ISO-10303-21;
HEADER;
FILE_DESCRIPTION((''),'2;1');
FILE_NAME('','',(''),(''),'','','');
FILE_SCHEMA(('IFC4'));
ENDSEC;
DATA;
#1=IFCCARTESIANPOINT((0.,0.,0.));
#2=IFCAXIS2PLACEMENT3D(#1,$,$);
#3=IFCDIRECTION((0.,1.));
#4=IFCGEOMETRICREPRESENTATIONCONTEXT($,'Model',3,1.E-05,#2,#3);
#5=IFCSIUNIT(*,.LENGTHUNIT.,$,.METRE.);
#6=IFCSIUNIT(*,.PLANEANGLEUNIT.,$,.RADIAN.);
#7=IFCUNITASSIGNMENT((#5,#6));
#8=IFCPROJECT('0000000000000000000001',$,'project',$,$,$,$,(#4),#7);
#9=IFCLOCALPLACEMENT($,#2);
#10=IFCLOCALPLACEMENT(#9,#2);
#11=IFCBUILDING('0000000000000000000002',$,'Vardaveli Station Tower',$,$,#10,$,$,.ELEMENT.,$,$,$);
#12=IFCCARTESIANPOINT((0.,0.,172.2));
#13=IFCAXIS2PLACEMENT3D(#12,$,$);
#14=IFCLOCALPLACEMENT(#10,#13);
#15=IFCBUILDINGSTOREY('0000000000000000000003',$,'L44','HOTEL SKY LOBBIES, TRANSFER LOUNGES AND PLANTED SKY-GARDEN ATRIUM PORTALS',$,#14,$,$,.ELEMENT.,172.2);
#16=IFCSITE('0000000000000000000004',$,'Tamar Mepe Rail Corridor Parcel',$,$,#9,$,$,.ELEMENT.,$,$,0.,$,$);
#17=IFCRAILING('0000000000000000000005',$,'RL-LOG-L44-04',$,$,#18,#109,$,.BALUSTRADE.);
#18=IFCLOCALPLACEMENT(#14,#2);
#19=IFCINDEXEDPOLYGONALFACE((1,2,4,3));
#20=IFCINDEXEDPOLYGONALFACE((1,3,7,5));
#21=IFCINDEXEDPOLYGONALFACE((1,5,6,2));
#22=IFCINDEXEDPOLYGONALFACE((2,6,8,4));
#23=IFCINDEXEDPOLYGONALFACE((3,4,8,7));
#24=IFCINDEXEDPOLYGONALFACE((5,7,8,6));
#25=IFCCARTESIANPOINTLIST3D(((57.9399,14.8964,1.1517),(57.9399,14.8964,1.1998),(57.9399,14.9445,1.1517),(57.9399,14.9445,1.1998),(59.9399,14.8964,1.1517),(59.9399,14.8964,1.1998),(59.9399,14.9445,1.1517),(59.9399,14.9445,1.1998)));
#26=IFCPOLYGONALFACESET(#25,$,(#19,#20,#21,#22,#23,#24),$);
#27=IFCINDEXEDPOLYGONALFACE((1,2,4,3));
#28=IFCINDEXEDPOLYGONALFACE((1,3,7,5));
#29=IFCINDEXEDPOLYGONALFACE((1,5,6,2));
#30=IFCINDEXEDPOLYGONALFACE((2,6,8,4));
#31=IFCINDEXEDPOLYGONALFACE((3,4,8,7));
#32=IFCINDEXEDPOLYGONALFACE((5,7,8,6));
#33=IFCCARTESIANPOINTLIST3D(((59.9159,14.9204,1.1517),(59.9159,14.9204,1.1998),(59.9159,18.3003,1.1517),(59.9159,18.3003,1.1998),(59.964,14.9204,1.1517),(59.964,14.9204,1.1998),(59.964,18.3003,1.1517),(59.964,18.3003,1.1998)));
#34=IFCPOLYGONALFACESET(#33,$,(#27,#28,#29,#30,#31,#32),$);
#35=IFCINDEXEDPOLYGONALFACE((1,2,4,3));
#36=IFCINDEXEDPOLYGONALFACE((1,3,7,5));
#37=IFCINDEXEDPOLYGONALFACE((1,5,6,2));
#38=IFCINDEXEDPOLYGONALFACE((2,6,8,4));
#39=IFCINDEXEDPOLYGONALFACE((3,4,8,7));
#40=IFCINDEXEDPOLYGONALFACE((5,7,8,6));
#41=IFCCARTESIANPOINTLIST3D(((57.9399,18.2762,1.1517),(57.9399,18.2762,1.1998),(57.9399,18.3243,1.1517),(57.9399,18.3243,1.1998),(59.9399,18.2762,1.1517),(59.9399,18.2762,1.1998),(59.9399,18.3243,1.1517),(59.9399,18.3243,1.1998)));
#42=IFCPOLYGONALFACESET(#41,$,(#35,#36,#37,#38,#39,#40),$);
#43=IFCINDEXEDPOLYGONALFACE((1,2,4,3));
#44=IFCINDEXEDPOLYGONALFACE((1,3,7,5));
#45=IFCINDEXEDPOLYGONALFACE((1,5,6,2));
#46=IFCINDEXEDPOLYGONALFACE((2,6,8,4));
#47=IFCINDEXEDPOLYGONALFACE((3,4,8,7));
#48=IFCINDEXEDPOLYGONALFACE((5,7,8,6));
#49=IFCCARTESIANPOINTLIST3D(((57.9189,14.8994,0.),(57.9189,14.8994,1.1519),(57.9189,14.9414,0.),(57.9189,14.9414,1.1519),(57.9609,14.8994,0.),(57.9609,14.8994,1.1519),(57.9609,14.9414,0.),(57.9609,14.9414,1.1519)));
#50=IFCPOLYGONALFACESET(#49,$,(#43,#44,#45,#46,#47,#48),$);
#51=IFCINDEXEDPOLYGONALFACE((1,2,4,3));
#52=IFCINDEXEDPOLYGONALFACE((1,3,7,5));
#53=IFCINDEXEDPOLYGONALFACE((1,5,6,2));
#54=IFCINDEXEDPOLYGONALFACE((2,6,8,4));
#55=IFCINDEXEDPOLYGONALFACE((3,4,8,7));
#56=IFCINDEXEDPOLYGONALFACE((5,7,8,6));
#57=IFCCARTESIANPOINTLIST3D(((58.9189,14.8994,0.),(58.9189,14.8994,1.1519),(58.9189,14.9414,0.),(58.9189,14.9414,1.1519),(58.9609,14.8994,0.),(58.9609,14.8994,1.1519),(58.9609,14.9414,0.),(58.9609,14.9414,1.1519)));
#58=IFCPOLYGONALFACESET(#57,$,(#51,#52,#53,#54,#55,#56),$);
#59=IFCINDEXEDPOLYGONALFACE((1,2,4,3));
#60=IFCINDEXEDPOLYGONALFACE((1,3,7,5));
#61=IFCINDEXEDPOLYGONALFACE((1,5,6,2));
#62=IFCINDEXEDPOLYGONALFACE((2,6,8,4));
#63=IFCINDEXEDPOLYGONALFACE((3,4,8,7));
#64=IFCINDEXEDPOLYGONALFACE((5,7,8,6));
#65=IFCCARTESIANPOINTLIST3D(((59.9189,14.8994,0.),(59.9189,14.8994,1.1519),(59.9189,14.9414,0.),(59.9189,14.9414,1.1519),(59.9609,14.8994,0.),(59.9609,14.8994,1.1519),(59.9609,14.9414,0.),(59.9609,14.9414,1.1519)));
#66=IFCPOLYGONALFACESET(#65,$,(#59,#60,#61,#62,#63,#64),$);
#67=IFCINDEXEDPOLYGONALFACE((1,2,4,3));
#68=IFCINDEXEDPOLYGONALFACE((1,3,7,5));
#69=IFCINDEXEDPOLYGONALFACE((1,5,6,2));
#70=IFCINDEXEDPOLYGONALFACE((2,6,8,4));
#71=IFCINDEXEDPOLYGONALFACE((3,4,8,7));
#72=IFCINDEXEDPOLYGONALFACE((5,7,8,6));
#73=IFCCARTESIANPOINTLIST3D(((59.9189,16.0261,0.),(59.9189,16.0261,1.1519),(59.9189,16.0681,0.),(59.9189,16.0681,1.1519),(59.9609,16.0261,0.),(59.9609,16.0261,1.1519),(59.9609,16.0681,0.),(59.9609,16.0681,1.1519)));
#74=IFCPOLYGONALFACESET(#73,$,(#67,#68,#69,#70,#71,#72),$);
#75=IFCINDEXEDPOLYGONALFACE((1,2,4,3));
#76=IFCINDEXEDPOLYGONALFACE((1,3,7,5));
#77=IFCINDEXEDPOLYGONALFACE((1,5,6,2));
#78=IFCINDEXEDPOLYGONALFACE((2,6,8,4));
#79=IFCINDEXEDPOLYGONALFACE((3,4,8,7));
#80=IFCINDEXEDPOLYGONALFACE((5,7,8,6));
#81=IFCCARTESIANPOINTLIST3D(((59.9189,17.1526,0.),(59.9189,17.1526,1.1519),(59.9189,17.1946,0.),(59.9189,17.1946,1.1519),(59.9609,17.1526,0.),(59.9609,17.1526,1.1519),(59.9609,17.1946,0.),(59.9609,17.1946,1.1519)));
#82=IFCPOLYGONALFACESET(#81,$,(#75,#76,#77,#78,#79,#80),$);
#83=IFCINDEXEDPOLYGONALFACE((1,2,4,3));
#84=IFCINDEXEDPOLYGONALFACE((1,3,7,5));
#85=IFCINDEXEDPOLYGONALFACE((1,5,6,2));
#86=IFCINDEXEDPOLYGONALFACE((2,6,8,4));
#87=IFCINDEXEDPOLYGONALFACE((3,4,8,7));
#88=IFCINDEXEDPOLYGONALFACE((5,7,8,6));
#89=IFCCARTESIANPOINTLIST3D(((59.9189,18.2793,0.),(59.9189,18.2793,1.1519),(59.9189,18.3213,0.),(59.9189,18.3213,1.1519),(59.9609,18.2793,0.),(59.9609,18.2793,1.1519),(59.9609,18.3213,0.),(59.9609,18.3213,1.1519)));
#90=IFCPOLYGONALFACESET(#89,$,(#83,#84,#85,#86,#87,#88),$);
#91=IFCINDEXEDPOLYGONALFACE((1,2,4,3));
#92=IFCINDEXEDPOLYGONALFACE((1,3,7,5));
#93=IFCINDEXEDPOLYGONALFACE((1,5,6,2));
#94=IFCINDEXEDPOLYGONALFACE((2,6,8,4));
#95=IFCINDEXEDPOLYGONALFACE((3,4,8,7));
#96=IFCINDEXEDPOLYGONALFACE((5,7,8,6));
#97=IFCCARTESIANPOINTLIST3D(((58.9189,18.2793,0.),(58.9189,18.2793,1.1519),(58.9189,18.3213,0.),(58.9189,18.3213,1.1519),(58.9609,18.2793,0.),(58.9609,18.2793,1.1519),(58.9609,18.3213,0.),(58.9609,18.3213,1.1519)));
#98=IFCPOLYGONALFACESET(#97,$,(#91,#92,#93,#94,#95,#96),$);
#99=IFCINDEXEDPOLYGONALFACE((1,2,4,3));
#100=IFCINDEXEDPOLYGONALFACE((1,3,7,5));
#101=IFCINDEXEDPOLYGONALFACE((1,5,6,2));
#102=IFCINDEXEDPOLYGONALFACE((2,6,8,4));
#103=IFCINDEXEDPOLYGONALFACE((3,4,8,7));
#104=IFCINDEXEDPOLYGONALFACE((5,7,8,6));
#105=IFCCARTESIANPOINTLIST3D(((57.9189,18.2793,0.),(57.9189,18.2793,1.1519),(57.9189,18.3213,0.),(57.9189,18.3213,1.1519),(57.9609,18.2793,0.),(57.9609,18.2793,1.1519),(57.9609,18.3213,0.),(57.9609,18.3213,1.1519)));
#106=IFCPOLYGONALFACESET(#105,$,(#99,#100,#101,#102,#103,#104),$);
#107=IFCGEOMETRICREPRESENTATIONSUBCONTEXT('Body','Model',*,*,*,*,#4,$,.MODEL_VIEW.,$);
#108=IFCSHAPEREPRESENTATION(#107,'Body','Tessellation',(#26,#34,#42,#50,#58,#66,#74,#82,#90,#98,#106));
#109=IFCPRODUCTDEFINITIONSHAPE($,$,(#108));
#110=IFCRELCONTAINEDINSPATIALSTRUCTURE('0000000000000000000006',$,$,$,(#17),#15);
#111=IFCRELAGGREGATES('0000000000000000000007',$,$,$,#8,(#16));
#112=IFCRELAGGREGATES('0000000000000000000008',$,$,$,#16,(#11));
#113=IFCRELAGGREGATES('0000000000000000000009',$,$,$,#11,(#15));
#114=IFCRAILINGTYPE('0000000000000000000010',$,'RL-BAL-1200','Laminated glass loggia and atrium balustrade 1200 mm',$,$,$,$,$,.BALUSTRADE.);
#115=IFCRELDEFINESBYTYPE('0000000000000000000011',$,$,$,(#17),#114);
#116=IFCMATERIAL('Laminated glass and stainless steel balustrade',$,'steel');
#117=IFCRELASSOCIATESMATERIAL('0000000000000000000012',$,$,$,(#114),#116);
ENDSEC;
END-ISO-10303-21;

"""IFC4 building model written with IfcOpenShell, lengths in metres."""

from ifc_helpers import new_model, si_unit, direction, frame, origin, origin_2d, place, context, subcontext, project, spatial, rectangle, extrude, source, transform, mapped, material, type_object, element, save


model = new_model("IFC4")

# Units and contexts
model_context = context("Model", 3, precision=1e-05, world=origin(), true_north=direction((0.0, 1.0)))
body_context = subcontext(model_context, "Body", "Model", "MODEL_VIEW")
ifc_project = project(units=[si_unit("LENGTHUNIT", "METRE"), si_unit("PLANEANGLEUNIT", "RADIAN")], contexts=[model_context])

# Site, building, storey
site_placement = place(None, origin())
site = spatial("IfcSite", under=ifc_project, at=site_placement, Name="Tamar Mepe Rail Corridor Parcel", CompositionType="ELEMENT", RefElevation=0.0)
building_placement = place(site_placement, origin())
building = spatial("IfcBuilding", under=site, at=building_placement, Name="Vardaveli Station Tower", CompositionType="ELEMENT")
storey_placement = place(building_placement, frame((0.0, 0.0, 172.2)))
storey = spatial("IfcBuildingStorey", under=building, at=storey_placement, Name="L44", Description="HOTEL SKY LOBBIES, TRANSFER LOUNGES AND PLANTED SKY-GARDEN ATRIUM PORTALS", CompositionType="ELEMENT", Elevation=172.2)

# Railing
ifc_material_1 = material(Name="Laminated glass and stainless steel balustrade", Category="steel")
railing_type = type_object("IfcRailingType", Name="RL-BAL-1200", Description="Laminated glass loggia and atrium balustrade 1200 mm", PredefinedType="BALUSTRADE", material=ifc_material_1)
shared_shape_1 = source(origin(), body_context, "Body", "SweptSolid", [
    extrude(rectangle(XDim=0.0481, YDim=0.0481, at=origin_2d()), frame((0.0, 0.0, 1.1758), z_axis=(1.0, 0.0, 0.0), x_axis=(0.0, 1.0, 0.0)), (0.0, 0.0, 1.0), 2.0),
    extrude(rectangle(XDim=0.0481, YDim=0.0481, at=origin_2d()), frame((2.0, 0.0, 1.1758), z_axis=(0.0, 1.0, 0.0), x_axis=(-1.0, 0.0, 0.0)), (0.0, 0.0, 1.0), 3.3799),
    extrude(rectangle(XDim=0.0481, YDim=0.0481, at=origin_2d()), frame((2.0, 3.3799, 1.1758), z_axis=(-1.0, 0.0, 0.0), x_axis=(0.0, -1.0, 0.0)), (0.0, 0.0, 1.0), 2.0),
    extrude(rectangle(XDim=0.042, YDim=0.042, at=origin_2d()), origin(), (0.0, 0.0, 1.0), 1.1519),
    extrude(rectangle(XDim=0.042, YDim=0.042, at=origin_2d()), frame((1.0, 0.0, 0.0)), (0.0, 0.0, 1.0), 1.1519),
    extrude(rectangle(XDim=0.042, YDim=0.042, at=origin_2d()), frame((2.0, 0.0, 0.0)), (0.0, 0.0, 1.0), 1.1519),
    extrude(rectangle(XDim=0.042, YDim=0.042, at=origin_2d()), frame((2.0, 1.1267, 0.0)), (0.0, 0.0, 1.0), 1.1519),
    extrude(rectangle(XDim=0.042, YDim=0.042, at=origin_2d()), frame((2.0, 2.2532, 0.0)), (0.0, 0.0, 1.0), 1.1519),
    extrude(rectangle(XDim=0.042, YDim=0.042, at=origin_2d()), frame((2.0, 3.3799, 0.0)), (0.0, 0.0, 1.0), 1.1519),
    extrude(rectangle(XDim=0.042, YDim=0.042, at=origin_2d()), frame((1.0, 3.3799, 0.0)), (0.0, 0.0, 1.0), 1.1519),
    extrude(rectangle(XDim=0.042, YDim=0.042, at=origin_2d()), frame((0.0, 3.3799, 0.0)), (0.0, 0.0, 1.0), 1.1519),
])
railing_placement = place(storey_placement, frame((57.9399, 14.9204, 0.0)))
element("IfcRailing", 1, at=railing_placement, inside=storey, type_object=railing_type, Name="RL-LOG-L44-04", PredefinedType="BALUSTRADE", context=body_context, shape_type="MappedRepresentation", body=[
    mapped(shared_shape_1, transform((0.0, 0.0, 0.0), scale=1.0)),
])

save(model, "model.ifc")
